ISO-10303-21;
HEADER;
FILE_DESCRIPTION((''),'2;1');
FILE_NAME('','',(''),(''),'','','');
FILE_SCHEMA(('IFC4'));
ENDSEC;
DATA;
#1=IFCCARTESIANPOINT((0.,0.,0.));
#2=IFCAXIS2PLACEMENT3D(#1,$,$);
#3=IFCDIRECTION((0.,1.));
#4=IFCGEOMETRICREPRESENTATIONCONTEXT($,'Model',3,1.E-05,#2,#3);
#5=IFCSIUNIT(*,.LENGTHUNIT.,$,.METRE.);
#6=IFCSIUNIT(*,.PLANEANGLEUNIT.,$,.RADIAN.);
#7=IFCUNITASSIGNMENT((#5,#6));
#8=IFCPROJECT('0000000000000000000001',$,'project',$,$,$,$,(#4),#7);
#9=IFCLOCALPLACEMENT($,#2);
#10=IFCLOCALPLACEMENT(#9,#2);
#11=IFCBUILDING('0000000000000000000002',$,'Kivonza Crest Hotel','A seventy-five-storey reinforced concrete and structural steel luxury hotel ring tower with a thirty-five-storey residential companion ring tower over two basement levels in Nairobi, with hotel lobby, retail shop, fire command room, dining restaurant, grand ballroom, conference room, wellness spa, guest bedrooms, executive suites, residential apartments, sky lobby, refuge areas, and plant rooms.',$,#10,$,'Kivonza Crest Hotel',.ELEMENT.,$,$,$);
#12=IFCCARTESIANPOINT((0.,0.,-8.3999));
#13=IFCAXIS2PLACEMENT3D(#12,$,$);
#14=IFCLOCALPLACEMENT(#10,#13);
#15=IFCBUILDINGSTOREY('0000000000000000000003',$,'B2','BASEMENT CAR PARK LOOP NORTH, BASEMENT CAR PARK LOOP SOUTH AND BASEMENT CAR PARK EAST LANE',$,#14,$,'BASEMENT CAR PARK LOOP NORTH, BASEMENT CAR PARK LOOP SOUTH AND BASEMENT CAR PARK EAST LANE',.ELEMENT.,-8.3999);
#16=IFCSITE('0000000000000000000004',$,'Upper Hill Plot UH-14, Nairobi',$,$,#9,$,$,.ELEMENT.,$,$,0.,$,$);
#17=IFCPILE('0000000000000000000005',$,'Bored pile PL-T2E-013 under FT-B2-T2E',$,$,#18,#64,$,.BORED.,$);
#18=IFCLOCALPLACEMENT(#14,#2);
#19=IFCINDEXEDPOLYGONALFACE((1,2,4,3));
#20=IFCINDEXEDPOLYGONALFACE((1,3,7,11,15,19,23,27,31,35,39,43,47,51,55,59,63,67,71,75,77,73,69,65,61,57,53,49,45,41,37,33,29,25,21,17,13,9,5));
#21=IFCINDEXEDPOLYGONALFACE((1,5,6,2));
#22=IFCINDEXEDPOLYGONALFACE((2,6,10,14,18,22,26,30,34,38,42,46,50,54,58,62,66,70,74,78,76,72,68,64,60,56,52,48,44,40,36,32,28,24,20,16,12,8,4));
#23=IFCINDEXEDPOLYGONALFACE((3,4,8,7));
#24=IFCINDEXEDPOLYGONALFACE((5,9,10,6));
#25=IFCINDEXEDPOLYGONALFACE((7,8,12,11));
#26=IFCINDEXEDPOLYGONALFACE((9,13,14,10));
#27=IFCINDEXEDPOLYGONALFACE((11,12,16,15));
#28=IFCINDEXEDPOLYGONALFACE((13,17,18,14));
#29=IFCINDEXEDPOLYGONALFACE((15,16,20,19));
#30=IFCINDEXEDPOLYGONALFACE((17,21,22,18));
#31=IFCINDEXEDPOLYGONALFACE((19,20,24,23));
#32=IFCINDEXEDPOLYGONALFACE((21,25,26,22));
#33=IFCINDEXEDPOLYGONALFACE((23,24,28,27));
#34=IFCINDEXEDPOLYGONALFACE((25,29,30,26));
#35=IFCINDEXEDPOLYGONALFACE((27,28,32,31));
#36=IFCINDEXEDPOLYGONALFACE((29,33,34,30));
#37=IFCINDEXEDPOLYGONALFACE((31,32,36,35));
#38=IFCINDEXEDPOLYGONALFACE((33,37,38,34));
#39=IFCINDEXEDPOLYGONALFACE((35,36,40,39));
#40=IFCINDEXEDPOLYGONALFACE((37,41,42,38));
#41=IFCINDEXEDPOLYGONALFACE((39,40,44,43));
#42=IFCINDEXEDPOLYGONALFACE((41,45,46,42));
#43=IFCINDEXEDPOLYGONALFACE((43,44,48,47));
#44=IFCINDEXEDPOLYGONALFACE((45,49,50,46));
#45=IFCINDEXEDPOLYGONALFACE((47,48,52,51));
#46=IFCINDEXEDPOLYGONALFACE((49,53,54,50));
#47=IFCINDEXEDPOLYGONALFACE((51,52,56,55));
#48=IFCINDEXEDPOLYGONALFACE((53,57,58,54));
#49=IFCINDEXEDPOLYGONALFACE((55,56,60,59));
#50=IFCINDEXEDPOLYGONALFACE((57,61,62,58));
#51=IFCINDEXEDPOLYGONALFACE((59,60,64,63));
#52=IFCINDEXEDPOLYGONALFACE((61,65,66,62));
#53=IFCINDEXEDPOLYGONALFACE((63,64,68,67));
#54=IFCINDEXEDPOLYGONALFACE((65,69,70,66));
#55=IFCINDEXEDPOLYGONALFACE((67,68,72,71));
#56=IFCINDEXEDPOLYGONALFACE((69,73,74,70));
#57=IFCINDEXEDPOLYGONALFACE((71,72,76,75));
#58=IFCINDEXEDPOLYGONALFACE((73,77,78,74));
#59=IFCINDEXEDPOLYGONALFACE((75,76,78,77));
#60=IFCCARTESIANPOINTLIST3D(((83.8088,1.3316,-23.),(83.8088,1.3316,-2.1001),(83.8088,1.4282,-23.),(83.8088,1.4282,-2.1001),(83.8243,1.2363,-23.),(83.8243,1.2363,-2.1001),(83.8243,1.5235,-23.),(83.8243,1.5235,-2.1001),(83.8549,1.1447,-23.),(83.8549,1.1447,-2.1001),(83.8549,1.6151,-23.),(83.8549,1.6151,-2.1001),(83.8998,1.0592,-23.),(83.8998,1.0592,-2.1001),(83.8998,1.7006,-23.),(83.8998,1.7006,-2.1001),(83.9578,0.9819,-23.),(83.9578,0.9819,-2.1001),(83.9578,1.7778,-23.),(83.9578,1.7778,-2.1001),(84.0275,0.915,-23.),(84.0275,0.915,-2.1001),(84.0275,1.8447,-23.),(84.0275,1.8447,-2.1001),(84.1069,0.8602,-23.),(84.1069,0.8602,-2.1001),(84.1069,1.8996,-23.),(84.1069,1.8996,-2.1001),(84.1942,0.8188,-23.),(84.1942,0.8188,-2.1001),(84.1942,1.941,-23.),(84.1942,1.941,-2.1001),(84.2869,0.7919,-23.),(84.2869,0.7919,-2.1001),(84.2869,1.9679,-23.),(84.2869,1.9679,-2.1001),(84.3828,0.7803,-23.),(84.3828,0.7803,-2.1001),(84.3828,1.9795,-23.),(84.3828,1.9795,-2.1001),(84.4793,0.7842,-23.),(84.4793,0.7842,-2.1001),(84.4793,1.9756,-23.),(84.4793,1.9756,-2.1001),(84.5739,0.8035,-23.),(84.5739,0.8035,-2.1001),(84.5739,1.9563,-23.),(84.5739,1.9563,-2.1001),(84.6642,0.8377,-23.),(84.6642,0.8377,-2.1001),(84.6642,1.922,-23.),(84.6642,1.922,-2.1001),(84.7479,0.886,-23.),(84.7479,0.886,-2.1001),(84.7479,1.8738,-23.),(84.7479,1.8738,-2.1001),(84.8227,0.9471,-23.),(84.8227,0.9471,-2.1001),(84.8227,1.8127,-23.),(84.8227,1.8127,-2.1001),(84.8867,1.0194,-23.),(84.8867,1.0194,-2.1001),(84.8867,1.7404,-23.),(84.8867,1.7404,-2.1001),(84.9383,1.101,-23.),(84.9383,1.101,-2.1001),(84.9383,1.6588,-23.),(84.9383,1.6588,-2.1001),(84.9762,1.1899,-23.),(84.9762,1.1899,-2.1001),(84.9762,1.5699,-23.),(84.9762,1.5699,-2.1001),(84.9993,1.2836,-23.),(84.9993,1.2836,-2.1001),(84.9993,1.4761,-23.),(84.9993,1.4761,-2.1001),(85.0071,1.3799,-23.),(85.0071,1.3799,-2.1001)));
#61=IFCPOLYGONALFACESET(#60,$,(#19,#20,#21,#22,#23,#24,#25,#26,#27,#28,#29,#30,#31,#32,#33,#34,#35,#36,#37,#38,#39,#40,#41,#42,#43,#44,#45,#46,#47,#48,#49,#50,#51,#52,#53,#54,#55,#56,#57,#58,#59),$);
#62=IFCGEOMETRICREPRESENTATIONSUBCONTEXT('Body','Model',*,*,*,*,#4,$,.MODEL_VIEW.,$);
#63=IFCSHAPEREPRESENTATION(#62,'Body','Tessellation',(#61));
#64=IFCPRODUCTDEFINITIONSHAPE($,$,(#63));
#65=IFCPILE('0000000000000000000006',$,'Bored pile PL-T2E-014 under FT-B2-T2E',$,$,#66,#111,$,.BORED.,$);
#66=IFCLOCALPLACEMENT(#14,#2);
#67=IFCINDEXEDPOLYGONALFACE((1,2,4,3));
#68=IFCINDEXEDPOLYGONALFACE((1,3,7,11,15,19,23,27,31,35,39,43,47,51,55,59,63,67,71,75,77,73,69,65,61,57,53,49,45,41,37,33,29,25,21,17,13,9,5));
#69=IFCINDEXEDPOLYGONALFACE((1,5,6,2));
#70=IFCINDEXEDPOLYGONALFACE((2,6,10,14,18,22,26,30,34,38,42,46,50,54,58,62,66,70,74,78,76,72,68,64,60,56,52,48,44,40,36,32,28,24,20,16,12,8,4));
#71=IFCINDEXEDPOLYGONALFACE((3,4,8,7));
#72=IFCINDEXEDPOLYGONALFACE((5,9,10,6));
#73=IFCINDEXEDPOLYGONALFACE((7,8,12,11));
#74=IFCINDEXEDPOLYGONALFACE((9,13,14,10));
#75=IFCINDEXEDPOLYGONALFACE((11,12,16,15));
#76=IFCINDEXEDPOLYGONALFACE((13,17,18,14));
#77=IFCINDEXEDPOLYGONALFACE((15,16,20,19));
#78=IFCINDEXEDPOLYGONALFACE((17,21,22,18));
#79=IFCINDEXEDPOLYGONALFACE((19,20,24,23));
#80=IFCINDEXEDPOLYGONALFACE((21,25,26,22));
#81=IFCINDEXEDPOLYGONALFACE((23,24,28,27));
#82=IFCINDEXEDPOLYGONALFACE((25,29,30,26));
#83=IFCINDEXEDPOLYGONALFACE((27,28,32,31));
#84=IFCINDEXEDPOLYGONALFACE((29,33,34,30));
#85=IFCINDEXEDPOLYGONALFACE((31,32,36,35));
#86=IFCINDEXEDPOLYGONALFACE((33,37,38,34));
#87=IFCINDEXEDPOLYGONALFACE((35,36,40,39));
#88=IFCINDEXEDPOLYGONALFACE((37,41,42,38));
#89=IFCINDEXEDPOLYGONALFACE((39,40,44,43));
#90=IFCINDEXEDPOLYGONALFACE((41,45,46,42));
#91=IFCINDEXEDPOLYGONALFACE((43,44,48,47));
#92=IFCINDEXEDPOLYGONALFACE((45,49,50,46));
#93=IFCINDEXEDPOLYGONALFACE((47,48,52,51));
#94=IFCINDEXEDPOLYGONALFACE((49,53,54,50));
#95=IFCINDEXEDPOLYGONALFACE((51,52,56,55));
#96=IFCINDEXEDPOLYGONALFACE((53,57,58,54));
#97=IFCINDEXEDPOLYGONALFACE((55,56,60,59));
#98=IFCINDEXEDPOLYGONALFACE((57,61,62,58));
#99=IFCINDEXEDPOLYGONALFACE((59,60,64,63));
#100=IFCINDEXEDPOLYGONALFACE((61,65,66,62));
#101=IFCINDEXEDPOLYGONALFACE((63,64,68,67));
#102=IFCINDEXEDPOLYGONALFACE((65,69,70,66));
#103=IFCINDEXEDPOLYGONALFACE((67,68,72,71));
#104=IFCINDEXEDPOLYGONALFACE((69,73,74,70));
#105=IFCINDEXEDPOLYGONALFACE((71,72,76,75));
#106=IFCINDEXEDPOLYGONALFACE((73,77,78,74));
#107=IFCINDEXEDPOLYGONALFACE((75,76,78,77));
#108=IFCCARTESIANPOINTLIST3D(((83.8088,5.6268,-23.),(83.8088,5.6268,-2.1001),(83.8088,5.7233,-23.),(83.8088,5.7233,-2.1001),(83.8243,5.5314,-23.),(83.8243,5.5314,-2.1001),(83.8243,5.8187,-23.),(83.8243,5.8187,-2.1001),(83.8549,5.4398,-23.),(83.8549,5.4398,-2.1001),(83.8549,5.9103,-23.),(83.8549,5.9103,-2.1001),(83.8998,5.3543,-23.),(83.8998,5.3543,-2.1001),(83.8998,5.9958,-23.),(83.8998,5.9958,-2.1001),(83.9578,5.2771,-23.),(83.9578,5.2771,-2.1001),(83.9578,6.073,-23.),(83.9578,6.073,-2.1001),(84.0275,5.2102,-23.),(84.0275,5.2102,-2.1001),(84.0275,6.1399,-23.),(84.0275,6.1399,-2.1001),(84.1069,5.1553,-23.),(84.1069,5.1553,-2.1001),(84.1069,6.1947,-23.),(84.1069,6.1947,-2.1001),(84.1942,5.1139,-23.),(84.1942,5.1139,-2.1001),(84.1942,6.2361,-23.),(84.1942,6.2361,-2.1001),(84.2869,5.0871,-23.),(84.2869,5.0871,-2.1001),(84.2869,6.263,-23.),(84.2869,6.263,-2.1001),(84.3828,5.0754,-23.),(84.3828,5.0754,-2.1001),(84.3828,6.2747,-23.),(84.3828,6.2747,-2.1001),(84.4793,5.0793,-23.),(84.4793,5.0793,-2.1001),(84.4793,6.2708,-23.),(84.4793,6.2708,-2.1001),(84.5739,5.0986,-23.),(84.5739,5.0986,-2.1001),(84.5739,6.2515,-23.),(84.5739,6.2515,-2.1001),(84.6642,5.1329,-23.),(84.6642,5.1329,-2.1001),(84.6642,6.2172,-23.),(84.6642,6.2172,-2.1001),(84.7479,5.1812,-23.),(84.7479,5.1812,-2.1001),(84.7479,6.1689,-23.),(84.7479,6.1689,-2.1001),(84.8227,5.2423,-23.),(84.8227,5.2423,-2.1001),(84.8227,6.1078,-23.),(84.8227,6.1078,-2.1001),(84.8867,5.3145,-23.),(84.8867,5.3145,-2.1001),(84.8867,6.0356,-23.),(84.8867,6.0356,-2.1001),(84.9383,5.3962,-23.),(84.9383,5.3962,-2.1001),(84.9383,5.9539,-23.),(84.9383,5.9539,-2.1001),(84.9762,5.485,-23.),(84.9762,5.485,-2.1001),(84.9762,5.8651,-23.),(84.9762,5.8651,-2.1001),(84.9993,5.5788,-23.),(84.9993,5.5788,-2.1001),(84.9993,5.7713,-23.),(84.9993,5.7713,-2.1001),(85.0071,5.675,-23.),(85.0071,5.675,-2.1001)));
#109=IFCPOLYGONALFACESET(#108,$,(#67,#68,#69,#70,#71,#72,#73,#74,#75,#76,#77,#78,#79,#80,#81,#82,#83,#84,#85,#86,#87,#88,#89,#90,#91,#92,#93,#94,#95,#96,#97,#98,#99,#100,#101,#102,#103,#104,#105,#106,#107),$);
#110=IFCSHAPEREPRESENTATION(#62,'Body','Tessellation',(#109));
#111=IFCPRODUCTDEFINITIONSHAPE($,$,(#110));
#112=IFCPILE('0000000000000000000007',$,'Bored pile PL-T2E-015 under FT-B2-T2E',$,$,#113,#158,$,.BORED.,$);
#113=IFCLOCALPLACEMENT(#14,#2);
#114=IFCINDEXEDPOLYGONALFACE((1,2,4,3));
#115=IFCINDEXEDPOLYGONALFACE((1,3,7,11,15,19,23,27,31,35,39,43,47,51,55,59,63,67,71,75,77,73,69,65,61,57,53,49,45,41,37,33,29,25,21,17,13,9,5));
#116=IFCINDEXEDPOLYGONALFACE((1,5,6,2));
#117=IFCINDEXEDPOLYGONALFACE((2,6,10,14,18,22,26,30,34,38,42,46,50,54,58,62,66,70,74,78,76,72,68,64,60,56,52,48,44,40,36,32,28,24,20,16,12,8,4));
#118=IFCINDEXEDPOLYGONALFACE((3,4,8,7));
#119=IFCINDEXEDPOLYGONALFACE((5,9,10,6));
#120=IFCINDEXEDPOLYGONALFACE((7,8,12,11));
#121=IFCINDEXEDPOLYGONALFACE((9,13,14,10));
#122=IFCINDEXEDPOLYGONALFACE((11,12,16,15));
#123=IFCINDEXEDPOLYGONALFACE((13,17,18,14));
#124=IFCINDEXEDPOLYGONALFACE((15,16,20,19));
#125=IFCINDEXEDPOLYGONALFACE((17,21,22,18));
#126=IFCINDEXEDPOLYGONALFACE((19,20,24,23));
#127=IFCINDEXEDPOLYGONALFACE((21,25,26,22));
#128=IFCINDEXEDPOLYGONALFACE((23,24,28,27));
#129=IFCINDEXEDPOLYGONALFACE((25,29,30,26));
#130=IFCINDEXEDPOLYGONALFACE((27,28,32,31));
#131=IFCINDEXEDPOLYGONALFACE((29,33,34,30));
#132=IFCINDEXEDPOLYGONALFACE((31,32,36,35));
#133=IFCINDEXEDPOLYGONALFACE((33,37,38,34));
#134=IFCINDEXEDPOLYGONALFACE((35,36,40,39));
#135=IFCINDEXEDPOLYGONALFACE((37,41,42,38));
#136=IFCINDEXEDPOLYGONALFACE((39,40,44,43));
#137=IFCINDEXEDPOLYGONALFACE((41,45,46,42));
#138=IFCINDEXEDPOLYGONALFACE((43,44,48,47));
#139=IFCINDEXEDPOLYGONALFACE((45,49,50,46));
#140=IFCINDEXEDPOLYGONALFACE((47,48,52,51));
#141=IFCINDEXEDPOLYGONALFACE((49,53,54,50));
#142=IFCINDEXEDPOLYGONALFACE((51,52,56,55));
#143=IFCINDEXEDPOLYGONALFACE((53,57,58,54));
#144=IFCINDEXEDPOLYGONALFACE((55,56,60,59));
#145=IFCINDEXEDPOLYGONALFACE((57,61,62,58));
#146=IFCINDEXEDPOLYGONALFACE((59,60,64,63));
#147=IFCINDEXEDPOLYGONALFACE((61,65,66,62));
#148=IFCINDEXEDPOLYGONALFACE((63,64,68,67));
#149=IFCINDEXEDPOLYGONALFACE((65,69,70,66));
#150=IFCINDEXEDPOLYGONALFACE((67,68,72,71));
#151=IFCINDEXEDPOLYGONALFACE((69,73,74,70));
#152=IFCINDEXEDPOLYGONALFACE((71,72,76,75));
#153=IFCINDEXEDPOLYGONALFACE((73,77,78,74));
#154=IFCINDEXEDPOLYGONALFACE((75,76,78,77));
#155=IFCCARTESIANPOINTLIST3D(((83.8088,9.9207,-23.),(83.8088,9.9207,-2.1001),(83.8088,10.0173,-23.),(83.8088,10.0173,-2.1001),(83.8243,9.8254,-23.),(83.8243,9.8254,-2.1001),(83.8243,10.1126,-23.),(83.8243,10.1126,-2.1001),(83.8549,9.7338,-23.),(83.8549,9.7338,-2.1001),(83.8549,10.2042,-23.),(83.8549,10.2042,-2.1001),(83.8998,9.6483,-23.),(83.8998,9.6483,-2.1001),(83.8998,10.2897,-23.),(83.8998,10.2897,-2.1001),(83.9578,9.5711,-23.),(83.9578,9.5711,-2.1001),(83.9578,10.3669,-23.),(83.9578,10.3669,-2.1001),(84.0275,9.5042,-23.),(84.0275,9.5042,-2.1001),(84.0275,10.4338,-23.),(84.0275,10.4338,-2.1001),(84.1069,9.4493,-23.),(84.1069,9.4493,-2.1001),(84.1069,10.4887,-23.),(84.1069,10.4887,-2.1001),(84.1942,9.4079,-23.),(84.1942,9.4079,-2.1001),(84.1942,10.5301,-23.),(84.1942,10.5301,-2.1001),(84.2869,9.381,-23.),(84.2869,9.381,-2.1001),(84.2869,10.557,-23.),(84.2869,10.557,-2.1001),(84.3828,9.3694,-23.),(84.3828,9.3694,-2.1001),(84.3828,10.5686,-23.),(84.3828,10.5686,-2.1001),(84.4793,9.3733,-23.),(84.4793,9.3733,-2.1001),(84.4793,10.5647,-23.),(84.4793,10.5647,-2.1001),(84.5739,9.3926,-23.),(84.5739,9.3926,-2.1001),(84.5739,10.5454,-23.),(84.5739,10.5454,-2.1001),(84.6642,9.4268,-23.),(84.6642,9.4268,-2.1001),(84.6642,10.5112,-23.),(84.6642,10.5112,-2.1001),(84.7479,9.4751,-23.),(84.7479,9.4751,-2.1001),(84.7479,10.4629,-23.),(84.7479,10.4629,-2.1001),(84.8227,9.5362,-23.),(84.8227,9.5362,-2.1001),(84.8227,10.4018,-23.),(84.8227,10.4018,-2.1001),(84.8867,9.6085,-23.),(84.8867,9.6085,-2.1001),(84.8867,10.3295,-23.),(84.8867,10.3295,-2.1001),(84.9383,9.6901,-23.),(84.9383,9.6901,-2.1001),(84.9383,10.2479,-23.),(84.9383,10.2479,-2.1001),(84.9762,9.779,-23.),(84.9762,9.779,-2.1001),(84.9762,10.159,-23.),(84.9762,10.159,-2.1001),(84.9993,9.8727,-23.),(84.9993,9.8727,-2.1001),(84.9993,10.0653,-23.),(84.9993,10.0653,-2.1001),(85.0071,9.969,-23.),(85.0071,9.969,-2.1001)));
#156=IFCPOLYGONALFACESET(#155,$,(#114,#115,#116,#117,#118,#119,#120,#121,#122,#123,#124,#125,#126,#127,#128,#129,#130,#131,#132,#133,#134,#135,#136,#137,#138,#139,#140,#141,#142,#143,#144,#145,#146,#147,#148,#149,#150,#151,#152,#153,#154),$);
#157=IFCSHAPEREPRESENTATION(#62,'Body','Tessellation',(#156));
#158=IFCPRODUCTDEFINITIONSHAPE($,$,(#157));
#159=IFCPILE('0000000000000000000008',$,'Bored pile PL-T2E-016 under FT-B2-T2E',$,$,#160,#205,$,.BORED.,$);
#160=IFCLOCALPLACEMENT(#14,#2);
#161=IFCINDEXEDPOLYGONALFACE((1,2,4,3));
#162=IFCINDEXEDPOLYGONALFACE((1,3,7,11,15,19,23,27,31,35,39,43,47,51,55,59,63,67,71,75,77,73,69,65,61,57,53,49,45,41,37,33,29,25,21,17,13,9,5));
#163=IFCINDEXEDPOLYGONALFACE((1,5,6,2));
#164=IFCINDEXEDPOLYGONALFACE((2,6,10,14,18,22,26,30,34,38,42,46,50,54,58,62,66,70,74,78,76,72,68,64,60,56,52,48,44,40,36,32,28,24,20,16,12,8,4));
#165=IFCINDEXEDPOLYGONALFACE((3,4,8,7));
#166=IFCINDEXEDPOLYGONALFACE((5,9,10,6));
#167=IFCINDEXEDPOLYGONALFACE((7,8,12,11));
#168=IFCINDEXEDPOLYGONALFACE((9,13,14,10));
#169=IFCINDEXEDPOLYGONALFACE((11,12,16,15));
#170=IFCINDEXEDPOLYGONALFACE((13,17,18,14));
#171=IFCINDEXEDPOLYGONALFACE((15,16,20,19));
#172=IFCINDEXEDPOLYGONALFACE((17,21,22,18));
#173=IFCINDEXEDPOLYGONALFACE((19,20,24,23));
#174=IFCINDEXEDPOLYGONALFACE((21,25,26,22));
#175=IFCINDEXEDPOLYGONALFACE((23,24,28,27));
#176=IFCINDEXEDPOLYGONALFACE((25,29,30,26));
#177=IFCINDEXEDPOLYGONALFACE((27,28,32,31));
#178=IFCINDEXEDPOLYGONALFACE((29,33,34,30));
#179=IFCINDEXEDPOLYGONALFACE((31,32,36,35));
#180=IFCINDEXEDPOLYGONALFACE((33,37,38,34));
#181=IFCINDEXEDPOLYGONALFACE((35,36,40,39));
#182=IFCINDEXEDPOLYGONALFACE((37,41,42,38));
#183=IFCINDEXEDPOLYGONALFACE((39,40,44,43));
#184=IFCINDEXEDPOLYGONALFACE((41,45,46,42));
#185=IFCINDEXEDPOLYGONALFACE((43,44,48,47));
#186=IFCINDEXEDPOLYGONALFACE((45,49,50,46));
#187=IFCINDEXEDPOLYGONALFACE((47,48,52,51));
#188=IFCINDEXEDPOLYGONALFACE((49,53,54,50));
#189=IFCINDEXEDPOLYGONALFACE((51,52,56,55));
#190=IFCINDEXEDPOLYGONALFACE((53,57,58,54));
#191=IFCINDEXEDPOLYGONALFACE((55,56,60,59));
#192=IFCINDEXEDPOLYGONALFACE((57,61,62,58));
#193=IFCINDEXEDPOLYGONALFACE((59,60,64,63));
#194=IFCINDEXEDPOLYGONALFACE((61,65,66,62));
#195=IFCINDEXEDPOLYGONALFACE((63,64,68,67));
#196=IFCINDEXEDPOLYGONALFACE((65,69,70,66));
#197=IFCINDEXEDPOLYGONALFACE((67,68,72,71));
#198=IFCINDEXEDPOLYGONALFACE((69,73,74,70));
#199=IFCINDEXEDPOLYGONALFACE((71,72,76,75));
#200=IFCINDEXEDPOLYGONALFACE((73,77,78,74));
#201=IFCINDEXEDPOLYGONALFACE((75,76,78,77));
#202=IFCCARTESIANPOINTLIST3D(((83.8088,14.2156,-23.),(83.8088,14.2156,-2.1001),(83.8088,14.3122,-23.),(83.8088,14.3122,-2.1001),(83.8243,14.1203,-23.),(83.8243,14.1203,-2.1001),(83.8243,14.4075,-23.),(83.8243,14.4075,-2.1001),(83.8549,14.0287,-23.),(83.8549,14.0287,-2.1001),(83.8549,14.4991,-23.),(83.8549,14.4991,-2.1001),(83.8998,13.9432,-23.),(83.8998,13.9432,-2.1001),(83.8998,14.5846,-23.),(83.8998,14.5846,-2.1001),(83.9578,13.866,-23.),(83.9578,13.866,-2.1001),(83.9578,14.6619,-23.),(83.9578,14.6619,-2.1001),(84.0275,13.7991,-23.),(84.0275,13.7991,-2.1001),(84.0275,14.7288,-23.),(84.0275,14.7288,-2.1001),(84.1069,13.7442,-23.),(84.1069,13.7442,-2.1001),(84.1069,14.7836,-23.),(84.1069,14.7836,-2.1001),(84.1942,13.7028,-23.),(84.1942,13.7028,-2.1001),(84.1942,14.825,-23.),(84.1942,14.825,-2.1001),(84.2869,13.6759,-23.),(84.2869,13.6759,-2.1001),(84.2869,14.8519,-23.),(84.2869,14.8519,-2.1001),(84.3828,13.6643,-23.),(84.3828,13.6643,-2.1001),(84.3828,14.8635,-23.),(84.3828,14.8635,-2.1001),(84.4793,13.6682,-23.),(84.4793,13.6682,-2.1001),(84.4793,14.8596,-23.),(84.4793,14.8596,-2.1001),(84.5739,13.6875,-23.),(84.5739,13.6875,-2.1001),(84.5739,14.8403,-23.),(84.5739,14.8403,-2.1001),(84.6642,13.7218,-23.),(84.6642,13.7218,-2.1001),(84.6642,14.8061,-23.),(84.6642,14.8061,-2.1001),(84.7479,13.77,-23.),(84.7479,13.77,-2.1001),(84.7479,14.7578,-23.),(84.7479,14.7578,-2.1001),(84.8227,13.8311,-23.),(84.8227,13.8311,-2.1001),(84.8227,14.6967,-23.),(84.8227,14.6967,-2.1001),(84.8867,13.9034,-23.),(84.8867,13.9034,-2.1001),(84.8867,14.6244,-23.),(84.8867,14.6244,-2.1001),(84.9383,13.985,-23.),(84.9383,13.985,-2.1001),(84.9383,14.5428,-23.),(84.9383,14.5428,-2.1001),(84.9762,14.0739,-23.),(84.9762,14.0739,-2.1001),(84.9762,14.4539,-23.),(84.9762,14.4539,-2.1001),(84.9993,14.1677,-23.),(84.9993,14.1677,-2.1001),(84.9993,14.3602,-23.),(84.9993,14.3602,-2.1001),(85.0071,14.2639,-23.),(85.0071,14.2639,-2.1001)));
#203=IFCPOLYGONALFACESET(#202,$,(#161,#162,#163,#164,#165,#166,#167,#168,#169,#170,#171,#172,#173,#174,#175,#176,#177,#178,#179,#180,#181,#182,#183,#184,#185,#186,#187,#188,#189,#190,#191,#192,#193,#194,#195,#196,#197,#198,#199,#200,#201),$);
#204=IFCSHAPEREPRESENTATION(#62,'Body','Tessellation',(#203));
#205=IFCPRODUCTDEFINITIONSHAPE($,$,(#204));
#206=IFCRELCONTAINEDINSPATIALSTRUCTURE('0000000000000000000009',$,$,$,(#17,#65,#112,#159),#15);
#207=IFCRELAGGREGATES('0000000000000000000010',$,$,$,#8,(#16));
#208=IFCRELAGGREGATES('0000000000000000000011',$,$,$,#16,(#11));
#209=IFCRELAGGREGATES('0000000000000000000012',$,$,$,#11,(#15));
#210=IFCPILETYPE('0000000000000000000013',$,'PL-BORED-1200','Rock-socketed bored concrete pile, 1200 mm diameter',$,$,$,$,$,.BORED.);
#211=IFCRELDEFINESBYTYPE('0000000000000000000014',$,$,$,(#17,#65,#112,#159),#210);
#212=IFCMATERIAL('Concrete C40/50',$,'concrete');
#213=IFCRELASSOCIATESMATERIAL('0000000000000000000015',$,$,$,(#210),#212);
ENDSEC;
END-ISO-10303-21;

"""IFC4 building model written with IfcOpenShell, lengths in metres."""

from ifc_helpers import new_model, si_unit, direction, frame, origin, origin_2d, place, context, subcontext, project, spatial, circle, extrude, material, material_profile, profile_set, type_object, element, save


model = new_model("IFC4")

# Units and contexts
model_context = context("Model", 3, precision=1e-05, world=origin(), true_north=direction((0.0, 1.0)))
body_context = subcontext(model_context, "Body", "Model", "MODEL_VIEW")
ifc_project = project(units=[si_unit("LENGTHUNIT", "METRE"), si_unit("PLANEANGLEUNIT", "RADIAN")], contexts=[model_context])

# Site, building, storey
site_placement = place(None, origin())
site = spatial("IfcSite", under=ifc_project, at=site_placement, Name="Upper Hill Plot UH-14, Nairobi", CompositionType="ELEMENT", RefElevation=0.0)
building_placement = place(site_placement, origin())
building = spatial("IfcBuilding", under=site, at=building_placement, Name="Kivonza Crest Hotel", Description="A seventy-five-storey reinforced concrete and structural steel luxury hotel ring tower with a thirty-five-storey residential companion ring tower over two basement levels in Nairobi, with hotel lobby, retail shop, fire command room, dining restaurant, grand ballroom, conference room, wellness spa, guest bedrooms, executive suites, residential apartments, sky lobby, refuge areas, and plant rooms.", LongName="Kivonza Crest Hotel", CompositionType="ELEMENT")
storey_placement = place(building_placement, frame((0.0, 0.0, -8.3999)))
storey = spatial("IfcBuildingStorey", under=building, at=storey_placement, Name="B2", Description="BASEMENT CAR PARK LOOP NORTH, BASEMENT CAR PARK LOOP SOUTH AND BASEMENT CAR PARK EAST LANE", LongName="BASEMENT CAR PARK LOOP NORTH, BASEMENT CAR PARK LOOP SOUTH AND BASEMENT CAR PARK EAST LANE", CompositionType="ELEMENT", Elevation=-8.3999)

# Piles
ifc_material_1 = material(Name="Concrete C40/50", Category="concrete")
ifc_material_profile_1 = material_profile(ifc_material_1, circle(Radius=0.6001, at=origin_2d()), Name="PILE D1200")
ifc_profile_set_1 = profile_set([ifc_material_profile_1], Name="Concrete C40/50")
pile_type = type_object("IfcPileType", Name="PL-BORED-1200", Description="Rock-socketed bored concrete pile, 1200 mm diameter", PredefinedType="BORED", material=ifc_profile_set_1)
for number, where, z_axis, x_axis, name in (
    (1, (84.407, 1.3799, -2.1001), (0.0, 0.0, -1.0), (1.0, 0.0, 0.0), "Bored pile PL-T2E-013 under FT-B2-T2E"),
    (2, (84.407, 5.675, -2.1001), (0.0, 0.0, -1.0), (1.0, 0.0, 0.0), "Bored pile PL-T2E-014 under FT-B2-T2E"),
    (3, (84.407, 9.969, -2.1001), (0.0, 0.0, -1.0), (1.0, 0.0, 0.0), "Bored pile PL-T2E-015 under FT-B2-T2E"),
    (4, (84.407, 14.2639, -2.1001), (0.0, 0.0, -1.0), (1.0, 0.0, 0.0), "Bored pile PL-T2E-016 under FT-B2-T2E"),
):
    element("IfcPile", number, at=place(storey_placement, frame(where, z_axis=z_axis, x_axis=x_axis)), inside=storey, type_object=pile_type, Name=name, PredefinedType="BORED", context=body_context, shape_type="SweptSolid", body=[
        extrude(circle(Radius=0.6001, at=origin_2d()), origin(), (0.0, 0.0, 1.0), 20.8999),
    ])

save(model, "model.ifc")
